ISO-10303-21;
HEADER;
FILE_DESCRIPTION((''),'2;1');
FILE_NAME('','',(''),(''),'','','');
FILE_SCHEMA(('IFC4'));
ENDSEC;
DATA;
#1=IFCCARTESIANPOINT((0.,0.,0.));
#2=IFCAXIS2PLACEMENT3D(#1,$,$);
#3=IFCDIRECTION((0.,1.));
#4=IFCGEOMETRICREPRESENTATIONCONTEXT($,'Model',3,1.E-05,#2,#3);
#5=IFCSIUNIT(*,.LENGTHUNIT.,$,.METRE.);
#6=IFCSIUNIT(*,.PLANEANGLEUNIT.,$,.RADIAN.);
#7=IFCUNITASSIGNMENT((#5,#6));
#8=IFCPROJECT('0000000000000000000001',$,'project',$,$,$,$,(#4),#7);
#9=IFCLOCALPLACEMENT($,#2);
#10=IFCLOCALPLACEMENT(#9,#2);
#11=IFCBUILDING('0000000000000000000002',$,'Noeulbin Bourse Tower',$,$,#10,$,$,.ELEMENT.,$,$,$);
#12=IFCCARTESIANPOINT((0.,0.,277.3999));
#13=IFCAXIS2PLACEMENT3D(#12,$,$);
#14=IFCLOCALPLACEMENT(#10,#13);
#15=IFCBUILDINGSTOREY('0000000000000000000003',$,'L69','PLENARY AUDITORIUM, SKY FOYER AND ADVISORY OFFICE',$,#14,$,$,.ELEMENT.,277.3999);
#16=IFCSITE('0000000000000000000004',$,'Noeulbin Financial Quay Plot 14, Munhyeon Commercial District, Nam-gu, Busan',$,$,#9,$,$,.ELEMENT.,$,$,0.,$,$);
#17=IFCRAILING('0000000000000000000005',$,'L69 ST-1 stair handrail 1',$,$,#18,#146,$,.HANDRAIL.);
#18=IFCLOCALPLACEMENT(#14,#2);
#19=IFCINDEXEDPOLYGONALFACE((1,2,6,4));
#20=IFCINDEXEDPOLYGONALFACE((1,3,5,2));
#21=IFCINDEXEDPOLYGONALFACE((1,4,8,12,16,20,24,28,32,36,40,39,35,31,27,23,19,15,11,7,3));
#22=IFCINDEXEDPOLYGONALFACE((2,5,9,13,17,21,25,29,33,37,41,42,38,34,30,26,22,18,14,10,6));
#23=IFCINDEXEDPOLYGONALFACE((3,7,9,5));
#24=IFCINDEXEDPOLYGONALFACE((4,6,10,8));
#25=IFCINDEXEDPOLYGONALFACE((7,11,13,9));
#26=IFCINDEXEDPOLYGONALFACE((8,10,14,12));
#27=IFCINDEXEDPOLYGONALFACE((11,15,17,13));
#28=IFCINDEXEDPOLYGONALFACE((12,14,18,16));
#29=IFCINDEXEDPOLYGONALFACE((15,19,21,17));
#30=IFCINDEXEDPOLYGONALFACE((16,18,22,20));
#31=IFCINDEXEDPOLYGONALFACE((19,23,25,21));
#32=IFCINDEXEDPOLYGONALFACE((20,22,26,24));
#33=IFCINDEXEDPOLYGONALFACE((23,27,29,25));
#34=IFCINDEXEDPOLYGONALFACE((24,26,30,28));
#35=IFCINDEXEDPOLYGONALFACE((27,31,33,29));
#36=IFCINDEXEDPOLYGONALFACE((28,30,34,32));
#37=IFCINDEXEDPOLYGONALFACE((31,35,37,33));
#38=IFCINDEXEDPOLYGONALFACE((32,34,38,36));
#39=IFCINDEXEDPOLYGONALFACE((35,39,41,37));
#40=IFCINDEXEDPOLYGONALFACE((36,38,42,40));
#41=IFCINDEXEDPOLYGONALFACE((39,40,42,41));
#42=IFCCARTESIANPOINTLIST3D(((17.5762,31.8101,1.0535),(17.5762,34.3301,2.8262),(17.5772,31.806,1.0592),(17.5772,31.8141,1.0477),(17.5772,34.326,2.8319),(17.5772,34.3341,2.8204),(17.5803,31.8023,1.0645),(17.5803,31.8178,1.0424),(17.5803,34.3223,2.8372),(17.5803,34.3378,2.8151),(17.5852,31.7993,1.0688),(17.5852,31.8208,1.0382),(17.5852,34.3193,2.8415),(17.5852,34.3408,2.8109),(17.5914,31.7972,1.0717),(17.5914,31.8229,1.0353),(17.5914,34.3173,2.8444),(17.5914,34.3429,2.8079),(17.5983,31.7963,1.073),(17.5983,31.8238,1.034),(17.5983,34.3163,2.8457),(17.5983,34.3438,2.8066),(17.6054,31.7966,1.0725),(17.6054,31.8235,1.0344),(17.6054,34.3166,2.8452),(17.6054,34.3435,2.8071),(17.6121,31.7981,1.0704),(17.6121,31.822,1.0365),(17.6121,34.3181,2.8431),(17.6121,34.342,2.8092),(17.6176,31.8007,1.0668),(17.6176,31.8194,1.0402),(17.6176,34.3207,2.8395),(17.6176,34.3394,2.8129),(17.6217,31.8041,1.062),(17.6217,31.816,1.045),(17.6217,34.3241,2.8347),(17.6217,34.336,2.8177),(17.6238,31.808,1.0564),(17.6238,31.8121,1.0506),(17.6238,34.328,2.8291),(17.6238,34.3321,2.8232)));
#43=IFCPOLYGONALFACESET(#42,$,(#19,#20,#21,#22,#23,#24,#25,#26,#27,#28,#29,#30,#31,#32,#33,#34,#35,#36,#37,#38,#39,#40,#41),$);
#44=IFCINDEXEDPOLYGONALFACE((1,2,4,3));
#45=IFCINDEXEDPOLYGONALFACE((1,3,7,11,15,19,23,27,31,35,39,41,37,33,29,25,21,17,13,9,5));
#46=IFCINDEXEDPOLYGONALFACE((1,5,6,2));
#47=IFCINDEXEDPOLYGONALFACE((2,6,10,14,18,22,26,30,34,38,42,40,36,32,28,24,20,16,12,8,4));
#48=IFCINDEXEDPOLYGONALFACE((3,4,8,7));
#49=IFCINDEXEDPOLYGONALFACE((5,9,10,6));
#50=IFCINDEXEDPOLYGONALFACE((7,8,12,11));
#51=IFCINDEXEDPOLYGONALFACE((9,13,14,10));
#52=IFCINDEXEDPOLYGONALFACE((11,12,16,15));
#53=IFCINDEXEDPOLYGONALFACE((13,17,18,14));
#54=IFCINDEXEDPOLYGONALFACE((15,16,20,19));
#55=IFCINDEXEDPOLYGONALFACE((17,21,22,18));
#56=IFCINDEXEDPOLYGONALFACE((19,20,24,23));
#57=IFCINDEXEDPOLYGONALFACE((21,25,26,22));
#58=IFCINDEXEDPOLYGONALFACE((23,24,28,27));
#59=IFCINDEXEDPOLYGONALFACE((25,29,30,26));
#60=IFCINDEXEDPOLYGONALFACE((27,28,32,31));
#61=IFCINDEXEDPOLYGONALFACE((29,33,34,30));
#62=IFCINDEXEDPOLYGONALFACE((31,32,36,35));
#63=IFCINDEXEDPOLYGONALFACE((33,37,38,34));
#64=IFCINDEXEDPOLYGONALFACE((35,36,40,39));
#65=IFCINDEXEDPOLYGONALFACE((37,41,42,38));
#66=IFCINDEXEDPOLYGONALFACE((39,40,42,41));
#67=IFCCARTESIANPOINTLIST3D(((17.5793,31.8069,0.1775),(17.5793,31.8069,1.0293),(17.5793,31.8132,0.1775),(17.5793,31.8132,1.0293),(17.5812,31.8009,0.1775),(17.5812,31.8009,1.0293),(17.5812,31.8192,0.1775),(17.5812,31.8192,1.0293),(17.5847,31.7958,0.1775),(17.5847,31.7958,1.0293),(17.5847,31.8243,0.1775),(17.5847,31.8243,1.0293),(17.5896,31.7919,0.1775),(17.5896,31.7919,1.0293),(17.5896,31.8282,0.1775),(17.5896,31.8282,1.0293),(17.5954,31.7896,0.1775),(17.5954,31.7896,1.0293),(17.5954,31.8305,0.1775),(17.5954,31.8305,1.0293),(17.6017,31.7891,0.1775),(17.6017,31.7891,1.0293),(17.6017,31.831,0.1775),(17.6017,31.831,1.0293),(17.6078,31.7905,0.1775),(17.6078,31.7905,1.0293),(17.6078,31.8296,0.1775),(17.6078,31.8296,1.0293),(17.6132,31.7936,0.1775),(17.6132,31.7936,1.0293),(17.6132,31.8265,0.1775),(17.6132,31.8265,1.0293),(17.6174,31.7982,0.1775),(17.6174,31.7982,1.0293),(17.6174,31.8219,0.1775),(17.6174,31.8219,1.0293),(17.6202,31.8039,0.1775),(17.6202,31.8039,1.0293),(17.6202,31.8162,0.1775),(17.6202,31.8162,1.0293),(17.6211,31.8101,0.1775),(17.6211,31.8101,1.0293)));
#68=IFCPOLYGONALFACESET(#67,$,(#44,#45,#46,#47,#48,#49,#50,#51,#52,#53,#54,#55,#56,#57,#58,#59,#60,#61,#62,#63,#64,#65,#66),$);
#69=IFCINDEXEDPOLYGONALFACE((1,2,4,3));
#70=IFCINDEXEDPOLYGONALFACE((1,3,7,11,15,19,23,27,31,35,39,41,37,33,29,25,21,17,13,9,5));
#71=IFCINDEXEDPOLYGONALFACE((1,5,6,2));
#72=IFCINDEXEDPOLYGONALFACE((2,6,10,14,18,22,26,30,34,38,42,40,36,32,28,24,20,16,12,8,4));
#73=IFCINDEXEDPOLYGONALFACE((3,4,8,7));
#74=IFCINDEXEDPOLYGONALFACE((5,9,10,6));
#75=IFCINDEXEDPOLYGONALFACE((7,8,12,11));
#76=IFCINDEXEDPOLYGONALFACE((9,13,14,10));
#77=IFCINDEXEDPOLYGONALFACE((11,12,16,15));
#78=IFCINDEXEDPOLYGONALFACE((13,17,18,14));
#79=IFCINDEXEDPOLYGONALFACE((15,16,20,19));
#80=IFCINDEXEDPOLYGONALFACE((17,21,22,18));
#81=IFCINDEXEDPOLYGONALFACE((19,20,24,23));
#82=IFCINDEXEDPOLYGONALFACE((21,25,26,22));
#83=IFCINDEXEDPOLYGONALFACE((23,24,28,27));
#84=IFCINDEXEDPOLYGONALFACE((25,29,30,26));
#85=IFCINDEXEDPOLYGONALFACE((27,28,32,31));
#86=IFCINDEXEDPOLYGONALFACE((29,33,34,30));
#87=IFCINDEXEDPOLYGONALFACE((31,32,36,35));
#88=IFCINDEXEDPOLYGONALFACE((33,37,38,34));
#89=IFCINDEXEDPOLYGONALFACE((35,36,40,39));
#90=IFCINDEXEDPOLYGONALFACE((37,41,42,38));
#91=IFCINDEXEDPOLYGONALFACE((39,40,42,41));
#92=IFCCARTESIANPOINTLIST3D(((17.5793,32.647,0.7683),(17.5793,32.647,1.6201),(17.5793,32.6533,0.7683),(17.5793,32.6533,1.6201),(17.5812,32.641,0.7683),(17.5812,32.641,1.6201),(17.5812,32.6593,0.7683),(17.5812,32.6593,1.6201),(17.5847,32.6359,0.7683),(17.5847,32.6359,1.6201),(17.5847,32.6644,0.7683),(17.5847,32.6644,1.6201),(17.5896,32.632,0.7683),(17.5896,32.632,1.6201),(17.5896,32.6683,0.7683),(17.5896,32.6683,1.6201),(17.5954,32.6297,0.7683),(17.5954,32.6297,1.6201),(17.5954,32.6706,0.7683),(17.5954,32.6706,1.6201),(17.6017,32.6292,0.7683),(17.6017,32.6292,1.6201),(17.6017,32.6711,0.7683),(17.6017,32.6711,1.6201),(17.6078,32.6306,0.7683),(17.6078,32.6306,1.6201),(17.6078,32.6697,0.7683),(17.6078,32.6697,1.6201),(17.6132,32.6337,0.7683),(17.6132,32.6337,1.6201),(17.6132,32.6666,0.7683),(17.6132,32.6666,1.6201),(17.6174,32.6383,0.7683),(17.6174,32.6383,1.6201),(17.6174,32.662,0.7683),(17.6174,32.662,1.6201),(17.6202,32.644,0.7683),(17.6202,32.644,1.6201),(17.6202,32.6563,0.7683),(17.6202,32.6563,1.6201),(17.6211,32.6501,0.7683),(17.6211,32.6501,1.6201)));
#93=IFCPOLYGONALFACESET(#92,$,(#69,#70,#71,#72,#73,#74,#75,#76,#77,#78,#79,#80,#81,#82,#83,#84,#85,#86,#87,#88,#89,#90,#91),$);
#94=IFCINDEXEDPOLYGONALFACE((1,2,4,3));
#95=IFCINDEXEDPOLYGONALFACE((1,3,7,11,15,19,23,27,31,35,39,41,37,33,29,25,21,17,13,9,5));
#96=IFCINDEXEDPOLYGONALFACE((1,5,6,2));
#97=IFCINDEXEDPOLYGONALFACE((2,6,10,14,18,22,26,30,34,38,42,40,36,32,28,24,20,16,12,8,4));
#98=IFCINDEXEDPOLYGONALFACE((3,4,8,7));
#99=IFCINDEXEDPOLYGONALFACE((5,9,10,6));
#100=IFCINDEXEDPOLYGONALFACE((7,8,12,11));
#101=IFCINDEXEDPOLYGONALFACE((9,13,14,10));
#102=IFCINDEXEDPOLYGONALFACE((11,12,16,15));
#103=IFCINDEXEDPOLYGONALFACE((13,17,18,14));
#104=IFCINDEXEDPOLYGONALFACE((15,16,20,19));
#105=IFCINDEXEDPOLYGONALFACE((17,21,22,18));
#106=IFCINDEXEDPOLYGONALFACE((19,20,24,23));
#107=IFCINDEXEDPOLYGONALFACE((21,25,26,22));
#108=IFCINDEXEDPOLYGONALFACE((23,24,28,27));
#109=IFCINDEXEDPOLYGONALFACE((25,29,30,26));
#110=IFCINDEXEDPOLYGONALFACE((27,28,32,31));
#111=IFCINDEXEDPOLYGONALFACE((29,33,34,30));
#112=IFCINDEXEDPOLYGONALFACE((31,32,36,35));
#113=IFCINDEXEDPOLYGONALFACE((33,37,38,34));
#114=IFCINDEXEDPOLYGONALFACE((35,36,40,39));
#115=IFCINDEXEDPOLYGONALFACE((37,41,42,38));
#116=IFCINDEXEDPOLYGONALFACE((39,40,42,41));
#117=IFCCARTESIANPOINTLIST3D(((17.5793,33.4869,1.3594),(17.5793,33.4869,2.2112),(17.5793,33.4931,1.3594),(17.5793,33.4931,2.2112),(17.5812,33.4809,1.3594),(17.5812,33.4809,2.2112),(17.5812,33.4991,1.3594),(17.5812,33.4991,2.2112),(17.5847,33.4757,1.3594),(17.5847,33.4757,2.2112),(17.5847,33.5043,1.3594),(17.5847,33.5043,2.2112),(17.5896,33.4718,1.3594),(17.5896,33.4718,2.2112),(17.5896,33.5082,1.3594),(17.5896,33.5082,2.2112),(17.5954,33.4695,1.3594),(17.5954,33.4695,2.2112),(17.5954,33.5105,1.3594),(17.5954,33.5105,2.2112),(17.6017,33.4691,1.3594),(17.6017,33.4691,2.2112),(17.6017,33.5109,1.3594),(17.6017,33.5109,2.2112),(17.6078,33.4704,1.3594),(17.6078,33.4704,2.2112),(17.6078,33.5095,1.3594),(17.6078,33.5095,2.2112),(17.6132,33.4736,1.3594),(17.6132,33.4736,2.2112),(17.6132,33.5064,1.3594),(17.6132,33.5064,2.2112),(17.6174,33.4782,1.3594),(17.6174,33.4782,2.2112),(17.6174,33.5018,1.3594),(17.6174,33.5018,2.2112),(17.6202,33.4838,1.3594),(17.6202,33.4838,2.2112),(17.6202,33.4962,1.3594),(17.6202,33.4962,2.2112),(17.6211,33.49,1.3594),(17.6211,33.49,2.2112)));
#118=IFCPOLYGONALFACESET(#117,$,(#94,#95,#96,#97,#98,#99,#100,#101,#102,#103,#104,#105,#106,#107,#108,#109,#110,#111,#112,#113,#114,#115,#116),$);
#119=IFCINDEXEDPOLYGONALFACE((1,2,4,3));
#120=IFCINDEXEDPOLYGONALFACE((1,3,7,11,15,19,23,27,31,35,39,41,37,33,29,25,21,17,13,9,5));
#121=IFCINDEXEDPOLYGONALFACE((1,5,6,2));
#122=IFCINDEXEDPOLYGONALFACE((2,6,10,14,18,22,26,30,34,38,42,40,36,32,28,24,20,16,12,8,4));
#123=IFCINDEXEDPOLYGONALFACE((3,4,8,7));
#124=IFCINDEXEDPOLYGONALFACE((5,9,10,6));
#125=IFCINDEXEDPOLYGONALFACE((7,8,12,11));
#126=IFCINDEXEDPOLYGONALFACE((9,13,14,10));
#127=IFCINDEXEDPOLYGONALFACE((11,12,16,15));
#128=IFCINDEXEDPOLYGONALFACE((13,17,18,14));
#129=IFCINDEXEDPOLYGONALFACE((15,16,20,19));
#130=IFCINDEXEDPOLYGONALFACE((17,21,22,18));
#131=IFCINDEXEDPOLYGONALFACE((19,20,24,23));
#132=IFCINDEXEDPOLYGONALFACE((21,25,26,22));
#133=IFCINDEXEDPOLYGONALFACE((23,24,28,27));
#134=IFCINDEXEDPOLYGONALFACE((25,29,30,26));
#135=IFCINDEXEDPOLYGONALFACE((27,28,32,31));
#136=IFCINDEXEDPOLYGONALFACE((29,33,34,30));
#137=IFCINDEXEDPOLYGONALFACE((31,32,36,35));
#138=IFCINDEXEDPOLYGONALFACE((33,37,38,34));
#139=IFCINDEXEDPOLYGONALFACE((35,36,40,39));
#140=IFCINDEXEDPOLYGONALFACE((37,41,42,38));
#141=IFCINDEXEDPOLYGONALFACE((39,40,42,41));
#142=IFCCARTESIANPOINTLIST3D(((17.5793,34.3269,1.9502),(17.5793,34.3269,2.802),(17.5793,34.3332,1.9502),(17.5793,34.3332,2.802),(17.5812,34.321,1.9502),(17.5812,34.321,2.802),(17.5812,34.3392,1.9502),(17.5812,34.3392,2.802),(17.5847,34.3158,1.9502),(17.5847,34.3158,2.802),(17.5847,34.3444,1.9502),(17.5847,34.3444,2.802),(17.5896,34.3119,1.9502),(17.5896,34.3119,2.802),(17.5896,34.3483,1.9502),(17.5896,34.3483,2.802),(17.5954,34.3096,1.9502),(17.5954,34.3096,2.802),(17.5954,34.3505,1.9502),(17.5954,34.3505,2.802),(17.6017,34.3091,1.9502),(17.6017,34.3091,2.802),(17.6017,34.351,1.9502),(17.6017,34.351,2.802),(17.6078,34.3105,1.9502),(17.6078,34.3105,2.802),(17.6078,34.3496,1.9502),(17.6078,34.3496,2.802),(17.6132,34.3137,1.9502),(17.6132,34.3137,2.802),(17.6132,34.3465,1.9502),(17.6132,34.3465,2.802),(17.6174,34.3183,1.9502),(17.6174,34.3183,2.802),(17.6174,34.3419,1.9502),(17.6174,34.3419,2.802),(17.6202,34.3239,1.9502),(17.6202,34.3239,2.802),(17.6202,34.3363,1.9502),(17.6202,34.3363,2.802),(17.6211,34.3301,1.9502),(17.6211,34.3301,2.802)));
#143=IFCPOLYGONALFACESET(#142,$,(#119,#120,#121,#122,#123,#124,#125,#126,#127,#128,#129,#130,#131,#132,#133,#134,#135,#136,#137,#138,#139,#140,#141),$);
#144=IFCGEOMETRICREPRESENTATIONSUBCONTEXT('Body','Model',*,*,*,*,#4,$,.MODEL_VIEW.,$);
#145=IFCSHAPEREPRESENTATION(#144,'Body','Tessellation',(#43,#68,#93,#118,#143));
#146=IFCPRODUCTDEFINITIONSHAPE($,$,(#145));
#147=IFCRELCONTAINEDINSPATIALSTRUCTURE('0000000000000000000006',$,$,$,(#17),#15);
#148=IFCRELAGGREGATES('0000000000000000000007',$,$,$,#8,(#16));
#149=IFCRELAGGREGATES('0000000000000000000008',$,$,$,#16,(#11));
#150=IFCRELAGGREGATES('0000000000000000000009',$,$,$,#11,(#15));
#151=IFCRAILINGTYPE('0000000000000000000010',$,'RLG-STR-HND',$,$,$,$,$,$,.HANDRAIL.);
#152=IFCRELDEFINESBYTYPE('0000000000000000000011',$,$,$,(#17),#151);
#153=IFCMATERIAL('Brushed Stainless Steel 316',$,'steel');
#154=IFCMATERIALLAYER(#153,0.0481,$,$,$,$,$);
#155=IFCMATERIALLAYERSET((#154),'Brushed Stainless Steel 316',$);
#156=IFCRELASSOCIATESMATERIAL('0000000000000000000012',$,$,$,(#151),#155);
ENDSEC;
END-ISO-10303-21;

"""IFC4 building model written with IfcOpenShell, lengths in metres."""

from ifc_helpers import new_model, si_unit, direction, frame, origin, origin_2d, place, context, subcontext, project, spatial, circle, extrude, material, layer, layer_set, type_object, element, save


model = new_model("IFC4")

# Units and contexts
model_context = context("Model", 3, precision=1e-05, world=origin(), true_north=direction((0.0, 1.0)))
body_context = subcontext(model_context, "Body", "Model", "MODEL_VIEW")
ifc_project = project(units=[si_unit("LENGTHUNIT", "METRE"), si_unit("PLANEANGLEUNIT", "RADIAN")], contexts=[model_context])

# Site, building, storey
site_placement = place(None, origin())
site = spatial("IfcSite", under=ifc_project, at=site_placement, Name="Noeulbin Financial Quay Plot 14, Munhyeon Commercial District, Nam-gu, Busan", CompositionType="ELEMENT", RefElevation=0.0)
building_placement = place(site_placement, origin())
building = spatial("IfcBuilding", under=site, at=building_placement, Name="Noeulbin Bourse Tower", CompositionType="ELEMENT")
storey_placement = place(building_placement, frame((0.0, 0.0, 277.3999)))
storey = spatial("IfcBuildingStorey", under=building, at=storey_placement, Name="L69", Description="PLENARY AUDITORIUM, SKY FOYER AND ADVISORY OFFICE", CompositionType="ELEMENT", Elevation=277.3999)

# Shared definitions
ifc_material_1 = material(Name="Brushed Stainless Steel 316", Category="steel")

# Railing
ifc_layer_1 = layer(ifc_material_1, 0.0481)
ifc_layer_set_1 = layer_set([ifc_layer_1], Name="Brushed Stainless Steel 316")
railing_type_1 = type_object("IfcRailingType", Name="RLG-STR-HND", PredefinedType="HANDRAIL", material=ifc_layer_set_1)
railing_1_placement = place(storey_placement, frame((17.6001, 31.8101, 0.1775)))
element("IfcRailing", 1, at=railing_1_placement, inside=storey, type_object=railing_type_1, Name="L69 ST-1 stair handrail 1", PredefinedType="HANDRAIL", context=body_context, shape_type="SweptSolid", body=[
    extrude(circle(Radius=0.0239, at=origin_2d()), frame((0.0, 0.0, 0.876), z_axis=(0.0, 0.817904, 0.575354), x_axis=(-1.0, 0.0, 0.0)), (0.0, 0.0, 1.0), 3.0811),
    extrude(circle(Radius=0.021, at=origin_2d()), origin(), (0.0, 0.0, 1.0), 0.8518),
    extrude(circle(Radius=0.021, at=origin_2d()), frame((0.0, 0.8401, 0.5908)), (0.0, 0.0, 1.0), 0.8518),
    extrude(circle(Radius=0.021, at=origin_2d()), frame((0.0, 1.6799, 1.1819)), (0.0, 0.0, 1.0), 0.8518),
    extrude(circle(Radius=0.021, at=origin_2d()), frame((0.0, 2.52, 1.7727)), (0.0, 0.0, 1.0), 0.8518),
])

save(model, "model.ifc")
